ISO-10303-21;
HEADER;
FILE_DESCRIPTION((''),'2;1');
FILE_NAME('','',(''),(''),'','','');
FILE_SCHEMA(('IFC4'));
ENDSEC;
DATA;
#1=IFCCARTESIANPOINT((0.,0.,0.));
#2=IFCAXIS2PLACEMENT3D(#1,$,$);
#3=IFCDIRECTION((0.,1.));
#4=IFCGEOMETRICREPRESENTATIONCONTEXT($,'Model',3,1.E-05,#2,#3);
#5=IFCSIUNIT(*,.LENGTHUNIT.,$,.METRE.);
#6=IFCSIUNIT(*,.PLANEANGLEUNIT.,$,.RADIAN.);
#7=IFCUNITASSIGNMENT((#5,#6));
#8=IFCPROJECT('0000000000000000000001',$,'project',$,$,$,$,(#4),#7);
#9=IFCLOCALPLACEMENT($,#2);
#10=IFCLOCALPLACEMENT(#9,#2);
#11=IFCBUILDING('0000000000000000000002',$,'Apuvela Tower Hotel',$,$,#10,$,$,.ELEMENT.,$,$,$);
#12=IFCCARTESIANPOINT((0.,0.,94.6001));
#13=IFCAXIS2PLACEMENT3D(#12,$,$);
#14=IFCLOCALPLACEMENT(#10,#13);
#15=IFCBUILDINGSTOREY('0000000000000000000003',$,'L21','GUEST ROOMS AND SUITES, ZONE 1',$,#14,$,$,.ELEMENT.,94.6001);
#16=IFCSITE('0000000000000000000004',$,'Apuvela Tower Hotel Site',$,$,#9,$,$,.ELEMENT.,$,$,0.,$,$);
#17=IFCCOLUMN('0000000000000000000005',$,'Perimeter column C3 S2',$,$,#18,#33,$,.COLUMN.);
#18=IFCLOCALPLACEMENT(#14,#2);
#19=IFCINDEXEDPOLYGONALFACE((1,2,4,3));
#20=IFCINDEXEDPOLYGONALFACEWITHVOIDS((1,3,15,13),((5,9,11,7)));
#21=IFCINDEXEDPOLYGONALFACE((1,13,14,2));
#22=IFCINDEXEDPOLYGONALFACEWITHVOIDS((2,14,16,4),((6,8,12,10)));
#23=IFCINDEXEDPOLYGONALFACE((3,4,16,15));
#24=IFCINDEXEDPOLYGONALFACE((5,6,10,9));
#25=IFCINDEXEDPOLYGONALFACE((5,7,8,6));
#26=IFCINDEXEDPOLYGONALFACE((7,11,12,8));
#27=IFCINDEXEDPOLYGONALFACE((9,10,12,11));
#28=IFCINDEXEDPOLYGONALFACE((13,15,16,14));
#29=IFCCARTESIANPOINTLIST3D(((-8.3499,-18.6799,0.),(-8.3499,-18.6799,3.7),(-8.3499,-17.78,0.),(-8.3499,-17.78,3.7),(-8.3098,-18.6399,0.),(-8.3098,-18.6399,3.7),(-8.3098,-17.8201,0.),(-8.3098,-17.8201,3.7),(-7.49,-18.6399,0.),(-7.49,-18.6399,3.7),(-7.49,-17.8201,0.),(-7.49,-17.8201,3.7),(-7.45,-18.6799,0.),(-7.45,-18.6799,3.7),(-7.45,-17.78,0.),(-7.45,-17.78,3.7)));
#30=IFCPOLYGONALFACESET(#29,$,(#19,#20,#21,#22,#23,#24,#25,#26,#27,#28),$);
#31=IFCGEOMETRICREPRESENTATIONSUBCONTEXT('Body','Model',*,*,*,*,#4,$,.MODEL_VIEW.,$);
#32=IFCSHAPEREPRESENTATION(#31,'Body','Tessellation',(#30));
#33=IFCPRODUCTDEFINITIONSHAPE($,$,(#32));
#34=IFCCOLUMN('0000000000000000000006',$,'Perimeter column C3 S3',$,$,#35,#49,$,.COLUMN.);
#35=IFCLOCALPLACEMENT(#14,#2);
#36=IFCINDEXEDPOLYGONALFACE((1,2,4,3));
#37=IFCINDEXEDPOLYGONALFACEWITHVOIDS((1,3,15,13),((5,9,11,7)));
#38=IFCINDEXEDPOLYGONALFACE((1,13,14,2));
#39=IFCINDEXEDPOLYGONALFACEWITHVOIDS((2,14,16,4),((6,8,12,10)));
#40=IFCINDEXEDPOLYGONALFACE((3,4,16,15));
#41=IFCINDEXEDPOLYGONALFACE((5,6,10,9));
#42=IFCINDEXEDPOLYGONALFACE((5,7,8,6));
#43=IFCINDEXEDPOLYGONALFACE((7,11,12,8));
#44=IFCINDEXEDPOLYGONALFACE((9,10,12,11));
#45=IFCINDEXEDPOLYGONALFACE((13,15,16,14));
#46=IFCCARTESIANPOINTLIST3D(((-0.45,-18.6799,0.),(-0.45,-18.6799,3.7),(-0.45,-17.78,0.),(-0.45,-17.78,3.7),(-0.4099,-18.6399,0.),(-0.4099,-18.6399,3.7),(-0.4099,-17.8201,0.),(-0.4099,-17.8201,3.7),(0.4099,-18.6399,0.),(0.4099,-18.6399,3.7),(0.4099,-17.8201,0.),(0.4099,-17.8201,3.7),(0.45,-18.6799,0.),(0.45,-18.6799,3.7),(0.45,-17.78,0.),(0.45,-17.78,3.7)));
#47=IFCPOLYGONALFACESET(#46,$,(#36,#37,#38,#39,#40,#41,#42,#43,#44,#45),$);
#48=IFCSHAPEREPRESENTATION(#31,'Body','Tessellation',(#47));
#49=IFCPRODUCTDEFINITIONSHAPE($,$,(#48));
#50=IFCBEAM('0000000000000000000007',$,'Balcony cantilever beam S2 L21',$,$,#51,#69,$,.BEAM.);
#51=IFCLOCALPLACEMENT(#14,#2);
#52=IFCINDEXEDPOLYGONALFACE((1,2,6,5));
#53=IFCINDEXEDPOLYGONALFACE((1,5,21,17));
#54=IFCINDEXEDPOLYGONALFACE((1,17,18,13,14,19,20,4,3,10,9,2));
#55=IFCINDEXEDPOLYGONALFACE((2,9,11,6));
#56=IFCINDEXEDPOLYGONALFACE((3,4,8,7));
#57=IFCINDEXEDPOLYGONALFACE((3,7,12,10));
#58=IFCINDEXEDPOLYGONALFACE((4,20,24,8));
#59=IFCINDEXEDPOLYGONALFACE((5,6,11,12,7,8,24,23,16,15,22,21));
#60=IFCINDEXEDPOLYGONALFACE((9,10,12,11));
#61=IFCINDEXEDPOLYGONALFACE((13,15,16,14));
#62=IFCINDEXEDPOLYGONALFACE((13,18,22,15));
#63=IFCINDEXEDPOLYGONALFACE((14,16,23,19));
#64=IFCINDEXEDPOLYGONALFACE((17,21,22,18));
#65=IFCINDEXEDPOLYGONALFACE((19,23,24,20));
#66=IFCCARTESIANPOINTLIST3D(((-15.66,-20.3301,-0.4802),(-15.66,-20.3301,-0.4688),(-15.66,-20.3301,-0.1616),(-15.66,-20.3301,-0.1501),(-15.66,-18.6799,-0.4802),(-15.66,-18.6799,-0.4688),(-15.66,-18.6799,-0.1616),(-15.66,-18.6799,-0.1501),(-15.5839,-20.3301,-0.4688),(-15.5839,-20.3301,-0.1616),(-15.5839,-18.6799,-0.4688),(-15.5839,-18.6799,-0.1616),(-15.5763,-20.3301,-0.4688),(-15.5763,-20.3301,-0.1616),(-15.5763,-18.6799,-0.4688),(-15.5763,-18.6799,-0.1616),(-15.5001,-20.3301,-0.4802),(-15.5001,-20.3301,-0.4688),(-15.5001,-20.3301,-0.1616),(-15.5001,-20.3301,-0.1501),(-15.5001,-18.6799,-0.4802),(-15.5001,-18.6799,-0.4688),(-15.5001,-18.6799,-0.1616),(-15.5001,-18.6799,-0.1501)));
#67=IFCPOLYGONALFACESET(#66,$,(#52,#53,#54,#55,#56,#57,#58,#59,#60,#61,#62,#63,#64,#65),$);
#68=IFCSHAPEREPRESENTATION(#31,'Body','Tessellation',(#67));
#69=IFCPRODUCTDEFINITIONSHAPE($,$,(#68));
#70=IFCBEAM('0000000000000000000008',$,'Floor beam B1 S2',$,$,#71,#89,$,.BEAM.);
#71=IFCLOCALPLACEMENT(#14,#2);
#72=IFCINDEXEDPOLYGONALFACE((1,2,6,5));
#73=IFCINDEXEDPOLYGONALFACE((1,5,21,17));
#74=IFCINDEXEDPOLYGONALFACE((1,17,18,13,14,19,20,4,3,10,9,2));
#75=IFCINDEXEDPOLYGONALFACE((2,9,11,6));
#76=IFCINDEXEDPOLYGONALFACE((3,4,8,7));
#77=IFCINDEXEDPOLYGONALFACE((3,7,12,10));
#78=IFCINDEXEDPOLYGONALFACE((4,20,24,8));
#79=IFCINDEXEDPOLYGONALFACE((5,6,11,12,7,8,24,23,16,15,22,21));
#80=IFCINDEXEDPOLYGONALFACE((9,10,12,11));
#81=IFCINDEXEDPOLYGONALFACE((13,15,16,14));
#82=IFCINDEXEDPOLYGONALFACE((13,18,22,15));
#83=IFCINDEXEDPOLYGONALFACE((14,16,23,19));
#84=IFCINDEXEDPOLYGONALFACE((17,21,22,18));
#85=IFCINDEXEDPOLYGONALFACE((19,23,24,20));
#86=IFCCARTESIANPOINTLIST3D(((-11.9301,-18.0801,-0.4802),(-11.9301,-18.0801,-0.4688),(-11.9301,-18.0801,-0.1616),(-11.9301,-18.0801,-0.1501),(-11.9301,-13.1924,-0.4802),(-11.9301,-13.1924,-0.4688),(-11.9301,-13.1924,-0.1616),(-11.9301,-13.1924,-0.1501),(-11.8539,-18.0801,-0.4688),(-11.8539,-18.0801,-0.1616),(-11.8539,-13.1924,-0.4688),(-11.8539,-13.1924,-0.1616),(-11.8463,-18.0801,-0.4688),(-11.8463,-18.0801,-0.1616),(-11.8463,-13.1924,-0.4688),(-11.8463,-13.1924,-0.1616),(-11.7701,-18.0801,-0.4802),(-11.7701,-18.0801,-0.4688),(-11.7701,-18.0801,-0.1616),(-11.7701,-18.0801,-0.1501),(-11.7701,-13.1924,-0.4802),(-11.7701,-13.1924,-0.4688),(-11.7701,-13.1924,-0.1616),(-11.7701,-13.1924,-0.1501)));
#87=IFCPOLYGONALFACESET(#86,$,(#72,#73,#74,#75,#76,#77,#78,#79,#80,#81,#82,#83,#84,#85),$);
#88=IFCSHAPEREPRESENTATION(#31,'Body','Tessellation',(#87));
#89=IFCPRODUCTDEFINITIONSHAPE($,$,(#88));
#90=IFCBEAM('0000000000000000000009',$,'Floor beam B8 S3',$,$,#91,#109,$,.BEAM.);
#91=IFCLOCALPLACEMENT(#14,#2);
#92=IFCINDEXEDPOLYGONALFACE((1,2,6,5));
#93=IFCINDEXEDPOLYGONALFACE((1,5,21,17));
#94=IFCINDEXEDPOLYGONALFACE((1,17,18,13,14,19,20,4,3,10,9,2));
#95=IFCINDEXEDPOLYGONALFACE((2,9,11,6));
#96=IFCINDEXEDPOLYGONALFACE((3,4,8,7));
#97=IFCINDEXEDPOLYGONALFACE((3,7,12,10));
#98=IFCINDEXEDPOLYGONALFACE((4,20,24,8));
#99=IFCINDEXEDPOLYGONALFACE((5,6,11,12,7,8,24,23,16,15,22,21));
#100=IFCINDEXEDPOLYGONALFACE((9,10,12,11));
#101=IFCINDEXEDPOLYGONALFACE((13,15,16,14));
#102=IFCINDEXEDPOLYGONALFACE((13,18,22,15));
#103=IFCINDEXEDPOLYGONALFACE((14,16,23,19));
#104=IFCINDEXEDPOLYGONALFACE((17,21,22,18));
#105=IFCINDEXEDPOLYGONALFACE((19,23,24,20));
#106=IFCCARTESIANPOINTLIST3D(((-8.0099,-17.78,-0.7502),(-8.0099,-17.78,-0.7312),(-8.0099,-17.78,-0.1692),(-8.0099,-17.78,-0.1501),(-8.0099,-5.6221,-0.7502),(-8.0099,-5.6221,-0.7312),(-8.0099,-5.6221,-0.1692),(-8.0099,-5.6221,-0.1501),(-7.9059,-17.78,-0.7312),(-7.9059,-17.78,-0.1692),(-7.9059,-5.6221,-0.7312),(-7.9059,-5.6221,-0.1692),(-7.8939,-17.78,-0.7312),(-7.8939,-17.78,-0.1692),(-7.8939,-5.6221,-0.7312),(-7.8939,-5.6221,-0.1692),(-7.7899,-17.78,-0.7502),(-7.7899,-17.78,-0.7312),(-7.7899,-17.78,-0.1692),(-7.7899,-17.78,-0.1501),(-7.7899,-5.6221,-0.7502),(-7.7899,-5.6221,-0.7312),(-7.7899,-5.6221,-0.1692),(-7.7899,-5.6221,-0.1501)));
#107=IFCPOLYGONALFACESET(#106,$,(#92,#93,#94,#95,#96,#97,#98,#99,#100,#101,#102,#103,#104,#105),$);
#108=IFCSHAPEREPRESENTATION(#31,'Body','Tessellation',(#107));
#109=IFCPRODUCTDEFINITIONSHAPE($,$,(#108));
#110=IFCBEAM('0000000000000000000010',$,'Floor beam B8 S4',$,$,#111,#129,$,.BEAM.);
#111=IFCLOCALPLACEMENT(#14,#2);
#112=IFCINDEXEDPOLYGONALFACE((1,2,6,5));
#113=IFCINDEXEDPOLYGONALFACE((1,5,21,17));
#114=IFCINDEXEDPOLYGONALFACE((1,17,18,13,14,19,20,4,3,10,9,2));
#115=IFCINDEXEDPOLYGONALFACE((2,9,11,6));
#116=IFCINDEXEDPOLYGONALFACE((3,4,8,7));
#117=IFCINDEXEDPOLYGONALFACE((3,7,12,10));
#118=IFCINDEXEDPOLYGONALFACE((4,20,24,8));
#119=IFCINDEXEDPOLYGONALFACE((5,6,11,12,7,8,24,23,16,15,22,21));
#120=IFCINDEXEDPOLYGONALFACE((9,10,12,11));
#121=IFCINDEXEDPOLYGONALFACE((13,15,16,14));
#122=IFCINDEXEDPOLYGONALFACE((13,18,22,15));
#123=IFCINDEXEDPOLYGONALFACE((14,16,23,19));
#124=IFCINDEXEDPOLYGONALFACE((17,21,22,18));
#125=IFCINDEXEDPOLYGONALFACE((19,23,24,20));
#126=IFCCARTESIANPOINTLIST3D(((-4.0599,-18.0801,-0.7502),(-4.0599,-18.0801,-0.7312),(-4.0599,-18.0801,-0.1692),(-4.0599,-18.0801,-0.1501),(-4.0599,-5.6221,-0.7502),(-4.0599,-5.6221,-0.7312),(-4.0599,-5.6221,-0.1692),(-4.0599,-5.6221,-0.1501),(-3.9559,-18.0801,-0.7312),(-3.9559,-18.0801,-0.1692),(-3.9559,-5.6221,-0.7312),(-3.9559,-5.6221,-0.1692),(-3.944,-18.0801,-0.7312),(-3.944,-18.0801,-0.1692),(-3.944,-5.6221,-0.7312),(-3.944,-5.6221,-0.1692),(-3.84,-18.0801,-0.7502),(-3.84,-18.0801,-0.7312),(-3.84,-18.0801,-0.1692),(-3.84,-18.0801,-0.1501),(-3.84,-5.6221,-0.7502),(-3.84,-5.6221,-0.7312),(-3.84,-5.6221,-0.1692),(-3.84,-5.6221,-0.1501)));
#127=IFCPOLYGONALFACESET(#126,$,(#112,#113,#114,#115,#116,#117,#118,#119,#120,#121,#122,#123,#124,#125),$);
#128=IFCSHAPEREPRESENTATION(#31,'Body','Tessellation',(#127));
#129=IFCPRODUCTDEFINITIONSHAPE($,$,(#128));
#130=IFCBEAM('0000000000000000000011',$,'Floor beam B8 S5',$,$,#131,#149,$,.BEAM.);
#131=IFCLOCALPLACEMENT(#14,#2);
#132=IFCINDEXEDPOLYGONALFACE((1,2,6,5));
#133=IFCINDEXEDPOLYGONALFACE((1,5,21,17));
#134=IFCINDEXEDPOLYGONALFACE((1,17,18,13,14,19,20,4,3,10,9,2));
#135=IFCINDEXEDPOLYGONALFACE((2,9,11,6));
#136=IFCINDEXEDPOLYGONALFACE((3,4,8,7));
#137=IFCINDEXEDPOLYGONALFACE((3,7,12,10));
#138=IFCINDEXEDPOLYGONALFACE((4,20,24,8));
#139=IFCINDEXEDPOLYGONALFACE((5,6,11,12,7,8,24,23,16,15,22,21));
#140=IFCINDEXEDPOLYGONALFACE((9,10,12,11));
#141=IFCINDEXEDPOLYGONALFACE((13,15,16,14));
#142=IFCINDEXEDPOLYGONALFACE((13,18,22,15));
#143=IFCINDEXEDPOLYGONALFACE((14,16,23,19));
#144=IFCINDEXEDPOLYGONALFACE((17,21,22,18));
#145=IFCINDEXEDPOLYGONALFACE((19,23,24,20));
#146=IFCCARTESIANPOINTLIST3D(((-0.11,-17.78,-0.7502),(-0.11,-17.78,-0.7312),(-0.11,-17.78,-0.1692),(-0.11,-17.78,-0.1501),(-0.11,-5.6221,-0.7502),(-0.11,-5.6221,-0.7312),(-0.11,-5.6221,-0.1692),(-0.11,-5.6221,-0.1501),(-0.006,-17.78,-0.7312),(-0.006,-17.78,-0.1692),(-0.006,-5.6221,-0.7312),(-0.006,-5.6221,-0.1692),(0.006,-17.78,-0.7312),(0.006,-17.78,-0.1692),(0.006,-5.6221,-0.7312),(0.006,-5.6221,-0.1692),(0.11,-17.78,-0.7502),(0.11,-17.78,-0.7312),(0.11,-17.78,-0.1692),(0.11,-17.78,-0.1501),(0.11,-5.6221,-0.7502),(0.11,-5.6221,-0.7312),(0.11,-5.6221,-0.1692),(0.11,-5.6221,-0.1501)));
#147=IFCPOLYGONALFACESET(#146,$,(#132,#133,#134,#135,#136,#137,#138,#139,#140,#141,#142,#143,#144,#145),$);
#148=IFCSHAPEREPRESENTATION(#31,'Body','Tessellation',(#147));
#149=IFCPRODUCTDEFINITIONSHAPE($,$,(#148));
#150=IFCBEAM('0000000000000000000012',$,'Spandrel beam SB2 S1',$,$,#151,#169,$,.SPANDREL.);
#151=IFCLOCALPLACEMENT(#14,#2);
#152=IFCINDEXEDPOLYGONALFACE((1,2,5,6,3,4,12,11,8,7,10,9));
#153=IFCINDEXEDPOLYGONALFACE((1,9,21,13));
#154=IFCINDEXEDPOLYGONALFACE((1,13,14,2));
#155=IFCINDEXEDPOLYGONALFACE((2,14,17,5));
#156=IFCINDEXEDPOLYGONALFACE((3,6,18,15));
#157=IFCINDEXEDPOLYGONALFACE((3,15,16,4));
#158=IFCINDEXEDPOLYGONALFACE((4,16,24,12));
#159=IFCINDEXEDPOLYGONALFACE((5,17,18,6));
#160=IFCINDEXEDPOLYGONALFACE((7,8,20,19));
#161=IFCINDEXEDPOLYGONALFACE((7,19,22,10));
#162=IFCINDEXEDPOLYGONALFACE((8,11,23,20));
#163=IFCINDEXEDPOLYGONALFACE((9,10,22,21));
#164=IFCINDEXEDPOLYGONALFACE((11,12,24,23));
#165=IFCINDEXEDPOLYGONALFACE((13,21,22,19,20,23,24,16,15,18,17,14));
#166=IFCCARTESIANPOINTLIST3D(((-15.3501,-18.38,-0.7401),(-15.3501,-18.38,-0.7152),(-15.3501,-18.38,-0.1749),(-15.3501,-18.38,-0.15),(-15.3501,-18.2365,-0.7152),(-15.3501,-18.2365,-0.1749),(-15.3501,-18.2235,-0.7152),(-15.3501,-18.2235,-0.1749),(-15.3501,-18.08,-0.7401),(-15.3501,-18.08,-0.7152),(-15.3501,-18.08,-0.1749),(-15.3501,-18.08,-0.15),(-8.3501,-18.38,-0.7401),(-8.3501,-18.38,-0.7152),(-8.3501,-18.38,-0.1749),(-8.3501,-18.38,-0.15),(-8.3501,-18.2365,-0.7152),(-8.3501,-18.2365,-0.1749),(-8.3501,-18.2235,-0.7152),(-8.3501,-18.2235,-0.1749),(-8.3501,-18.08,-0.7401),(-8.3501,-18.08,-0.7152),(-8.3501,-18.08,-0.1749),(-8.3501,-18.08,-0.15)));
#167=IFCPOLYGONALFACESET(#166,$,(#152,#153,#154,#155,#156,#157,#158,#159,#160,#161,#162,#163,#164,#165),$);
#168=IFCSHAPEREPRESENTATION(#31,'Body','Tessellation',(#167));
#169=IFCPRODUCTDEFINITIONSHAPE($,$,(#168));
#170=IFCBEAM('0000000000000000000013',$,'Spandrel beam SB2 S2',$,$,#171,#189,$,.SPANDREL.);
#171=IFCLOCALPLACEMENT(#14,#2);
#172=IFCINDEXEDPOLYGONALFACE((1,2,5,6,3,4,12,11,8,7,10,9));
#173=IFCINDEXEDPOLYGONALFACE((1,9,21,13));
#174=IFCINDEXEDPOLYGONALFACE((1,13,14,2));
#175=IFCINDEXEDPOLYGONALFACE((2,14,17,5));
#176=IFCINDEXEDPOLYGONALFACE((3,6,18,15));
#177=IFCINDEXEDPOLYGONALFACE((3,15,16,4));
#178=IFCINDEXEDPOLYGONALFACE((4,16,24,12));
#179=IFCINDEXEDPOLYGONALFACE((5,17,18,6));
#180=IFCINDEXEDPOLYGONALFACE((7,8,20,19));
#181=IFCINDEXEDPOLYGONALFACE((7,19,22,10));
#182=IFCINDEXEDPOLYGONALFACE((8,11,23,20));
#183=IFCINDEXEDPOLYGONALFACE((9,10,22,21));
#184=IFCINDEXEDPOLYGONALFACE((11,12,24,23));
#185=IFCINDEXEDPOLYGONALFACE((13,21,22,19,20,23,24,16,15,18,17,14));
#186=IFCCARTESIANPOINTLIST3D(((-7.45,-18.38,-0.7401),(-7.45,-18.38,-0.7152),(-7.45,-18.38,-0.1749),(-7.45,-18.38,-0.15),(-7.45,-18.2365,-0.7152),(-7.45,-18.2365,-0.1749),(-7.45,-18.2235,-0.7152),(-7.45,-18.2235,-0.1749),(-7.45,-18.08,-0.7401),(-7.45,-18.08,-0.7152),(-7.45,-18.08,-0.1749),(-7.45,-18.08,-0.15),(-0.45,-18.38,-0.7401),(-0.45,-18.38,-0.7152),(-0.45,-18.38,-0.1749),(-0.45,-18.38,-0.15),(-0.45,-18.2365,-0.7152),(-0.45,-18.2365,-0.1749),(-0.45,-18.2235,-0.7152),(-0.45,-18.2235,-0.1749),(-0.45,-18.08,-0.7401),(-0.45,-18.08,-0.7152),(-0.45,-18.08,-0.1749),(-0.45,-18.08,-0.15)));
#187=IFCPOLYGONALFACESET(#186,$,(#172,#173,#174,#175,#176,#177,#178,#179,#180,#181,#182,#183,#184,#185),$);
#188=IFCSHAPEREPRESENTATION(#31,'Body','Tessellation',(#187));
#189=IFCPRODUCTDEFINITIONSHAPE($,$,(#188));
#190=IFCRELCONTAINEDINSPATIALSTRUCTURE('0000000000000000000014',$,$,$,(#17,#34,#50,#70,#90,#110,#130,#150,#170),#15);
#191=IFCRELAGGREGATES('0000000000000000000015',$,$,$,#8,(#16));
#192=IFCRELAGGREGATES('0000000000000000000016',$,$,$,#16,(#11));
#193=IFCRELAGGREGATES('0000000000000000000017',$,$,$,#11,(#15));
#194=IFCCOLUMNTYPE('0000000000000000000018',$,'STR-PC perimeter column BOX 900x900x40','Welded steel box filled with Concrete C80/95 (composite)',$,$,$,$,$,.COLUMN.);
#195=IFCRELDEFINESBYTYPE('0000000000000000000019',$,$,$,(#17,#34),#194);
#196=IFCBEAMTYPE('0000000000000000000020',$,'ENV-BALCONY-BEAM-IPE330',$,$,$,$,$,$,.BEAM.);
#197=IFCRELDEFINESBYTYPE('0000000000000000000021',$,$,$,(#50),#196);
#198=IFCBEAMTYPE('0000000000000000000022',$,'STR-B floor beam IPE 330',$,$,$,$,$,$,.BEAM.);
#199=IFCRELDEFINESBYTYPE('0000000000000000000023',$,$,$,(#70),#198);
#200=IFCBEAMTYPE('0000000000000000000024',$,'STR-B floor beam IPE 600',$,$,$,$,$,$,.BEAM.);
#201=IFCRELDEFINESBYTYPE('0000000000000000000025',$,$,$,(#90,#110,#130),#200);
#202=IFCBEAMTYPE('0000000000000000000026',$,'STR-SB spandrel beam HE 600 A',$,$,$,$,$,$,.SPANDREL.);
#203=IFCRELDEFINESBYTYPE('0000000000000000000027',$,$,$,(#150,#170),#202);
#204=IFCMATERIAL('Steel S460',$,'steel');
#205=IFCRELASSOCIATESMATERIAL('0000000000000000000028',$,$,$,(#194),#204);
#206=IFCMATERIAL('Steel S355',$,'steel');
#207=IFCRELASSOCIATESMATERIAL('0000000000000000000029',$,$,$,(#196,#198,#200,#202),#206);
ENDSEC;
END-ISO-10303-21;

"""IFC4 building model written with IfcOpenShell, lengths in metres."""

from ifc_helpers import new_model, si_unit, direction, frame, origin, origin_2d, place, context, subcontext, project, spatial, rectangle, hollow_rectangle, i_section, extrude, material, material_profile, profile_set, type_object, element, save


model = new_model("IFC4")

# Units and contexts
model_context = context("Model", 3, precision=1e-05, world=origin(), true_north=direction((0.0, 1.0)))
body_context = subcontext(model_context, "Body", "Model", "MODEL_VIEW")
ifc_project = project(units=[si_unit("LENGTHUNIT", "METRE"), si_unit("PLANEANGLEUNIT", "RADIAN")], contexts=[model_context])

# Site, building, storey
site_placement = place(None, origin())
site = spatial("IfcSite", under=ifc_project, at=site_placement, Name="Apuvela Tower Hotel Site", CompositionType="ELEMENT", RefElevation=0.0)
building_placement = place(site_placement, origin())
building = spatial("IfcBuilding", under=site, at=building_placement, Name="Apuvela Tower Hotel", CompositionType="ELEMENT")
storey_placement = place(building_placement, frame((0.0, 0.0, 94.6001)))
storey = spatial("IfcBuildingStorey", under=building, at=storey_placement, Name="L21", Description="GUEST ROOMS AND SUITES, ZONE 1", CompositionType="ELEMENT", Elevation=94.6001)

# Columns
ifc_material_1 = material(Name="Steel S460", Category="steel")
ifc_material_profile_1 = material_profile(ifc_material_1, hollow_rectangle(XDim=0.8999, YDim=0.8999, WallThickness=0.04, at=origin_2d()), Name="BOX 900x900x40")
ifc_material_2 = material(Name="Concrete C80/95", Category="concrete")
ifc_material_profile_2 = material_profile(ifc_material_2, rectangle(XDim=0.8201, YDim=0.8201, at=origin_2d()), Name="Concrete C80/95 infill")
ifc_profile_set_1 = profile_set([ifc_material_profile_1, ifc_material_profile_2], Name="Steel S460")
column_type = type_object("IfcColumnType", Name="STR-PC perimeter column BOX 900x900x40", Description="Welded steel box filled with Concrete C80/95 (composite)", PredefinedType="COLUMN", material=ifc_profile_set_1)
for number, where, z_axis, x_axis, name in (
    (1, (-7.8999, -18.23, 0.0), (0.0, 0.0, 1.0), (-1.0, 0.0, 0.0), "Perimeter column C3 S2"),
    (2, (0.0, -18.23, 0.0), (0.0, 0.0, 1.0), (-1.0, 0.0, 0.0), "Perimeter column C3 S3"),
):
    element("IfcColumn", number, at=place(storey_placement, frame(where, z_axis=z_axis, x_axis=x_axis)), inside=storey, type_object=column_type, Name=name, PredefinedType="COLUMN", context=body_context, shape_type="SweptSolid", body=[
        extrude(hollow_rectangle(XDim=0.8999, YDim=0.8999, WallThickness=0.04, at=origin_2d()), origin(), (0.0, 0.0, 1.0), 3.7),
    ])

# Beams
ifc_material_3 = material(Name="Steel S355", Category="steel")
ifc_material_profile_3 = material_profile(ifc_material_3, i_section(OverallWidth=0.1599, OverallDepth=0.3301, WebThickness=0.0076, FlangeThickness=0.0115, at=origin_2d()), Name="IPE 330")
ifc_profile_set_2 = profile_set([ifc_material_profile_3], Name="Steel S355")
beam_type_1 = type_object("IfcBeamType", Name="ENV-BALCONY-BEAM-IPE330", PredefinedType="BEAM", material=ifc_profile_set_2)
beam_1_placement = place(storey_placement, frame((-15.5801, -18.6799, -0.3152), z_axis=(0.0, -1.0, 0.0), x_axis=(1.0, 0.0, 0.0)))
element("IfcBeam", 3, at=beam_1_placement, inside=storey, type_object=beam_type_1, Name="Balcony cantilever beam S2 L21", PredefinedType="BEAM", context=body_context, shape_type="SweptSolid", body=[
    extrude(i_section(OverallWidth=0.1599, OverallDepth=0.3301, WebThickness=0.0076, FlangeThickness=0.0115, at=origin_2d()), origin(), (0.0, 0.0, 1.0), 1.6501),
])
ifc_material_profile_4 = material_profile(ifc_material_3, i_section(OverallWidth=0.1599, OverallDepth=0.3301, WebThickness=0.0076, FlangeThickness=0.0115, at=origin_2d()), Name="IPE 330")
ifc_profile_set_3 = profile_set([ifc_material_profile_4], Name="Steel S355")
beam_type_2 = type_object("IfcBeamType", Name="STR-B floor beam IPE 330", PredefinedType="BEAM", material=ifc_profile_set_3)
beam_2_placement = place(storey_placement, frame((-11.8501, -18.0801, -0.3152), z_axis=(0.0, 1.0, 0.0), x_axis=(-1.0, 0.0, 0.0)))
element("IfcBeam", 4, at=beam_2_placement, inside=storey, type_object=beam_type_2, Name="Floor beam B1 S2", PredefinedType="BEAM", context=body_context, shape_type="SweptSolid", body=[
    extrude(i_section(OverallWidth=0.1599, OverallDepth=0.3301, WebThickness=0.0076, FlangeThickness=0.0115, at=origin_2d()), origin(), (0.0, 0.0, 1.0), 4.8877),
])
ifc_material_profile_5 = material_profile(ifc_material_3, i_section(OverallWidth=0.22, OverallDepth=0.6001, WebThickness=0.012, FlangeThickness=0.019, at=origin_2d()), Name="IPE 600")
ifc_profile_set_4 = profile_set([ifc_material_profile_5], Name="Steel S355")
beam_type_3 = type_object("IfcBeamType", Name="STR-B floor beam IPE 600", PredefinedType="BEAM", material=ifc_profile_set_4)
beam_3_placement = place(storey_placement, frame((-7.8999, -17.78, -0.4502), z_axis=(0.0, 1.0, 0.0), x_axis=(-1.0, 0.0, 0.0)))
element("IfcBeam", 5, at=beam_3_placement, inside=storey, type_object=beam_type_3, Name="Floor beam B8 S3", PredefinedType="BEAM", context=body_context, shape_type="SweptSolid", body=[
    extrude(i_section(OverallWidth=0.22, OverallDepth=0.6001, WebThickness=0.012, FlangeThickness=0.019, at=origin_2d()), origin(), (0.0, 0.0, 1.0), 12.158),
])
beam_4_placement = place(storey_placement, frame((-3.95, -18.0801, -0.4502), z_axis=(0.0, 1.0, 0.0), x_axis=(-1.0, 0.0, 0.0)))
element("IfcBeam", 6, at=beam_4_placement, inside=storey, type_object=beam_type_3, Name="Floor beam B8 S4", PredefinedType="BEAM", context=body_context, shape_type="SweptSolid", body=[
    extrude(i_section(OverallWidth=0.22, OverallDepth=0.6001, WebThickness=0.012, FlangeThickness=0.019, at=origin_2d()), origin(), (0.0, 0.0, 1.0), 12.458),
])
beam_5_placement = place(storey_placement, frame((0.0, -17.78, -0.4502), z_axis=(0.0, 1.0, 0.0), x_axis=(-1.0, 0.0, 0.0)))
element("IfcBeam", 7, at=beam_5_placement, inside=storey, type_object=beam_type_3, Name="Floor beam B8 S5", PredefinedType="BEAM", context=body_context, shape_type="SweptSolid", body=[
    extrude(i_section(OverallWidth=0.22, OverallDepth=0.6001, WebThickness=0.012, FlangeThickness=0.019, at=origin_2d()), origin(), (0.0, 0.0, 1.0), 12.158),
])
ifc_material_profile_6 = material_profile(ifc_material_3, i_section(OverallWidth=0.3, OverallDepth=0.5901, WebThickness=0.0129, FlangeThickness=0.0249, at=origin_2d()), Name="HE 600 A")
ifc_profile_set_5 = profile_set([ifc_material_profile_6], Name="Steel S355")
beam_type_4 = type_object("IfcBeamType", Name="STR-SB spandrel beam HE 600 A", PredefinedType="SPANDREL", material=ifc_profile_set_5)
for number, where, z_axis, x_axis, name in (
    (8, (-15.3501, -18.23, -0.4451), (1.0, 0.0, 0.0), (0.0, 1.0, 0.0), "Spandrel beam SB2 S1"),
    (9, (-7.45, -18.23, -0.4451), (1.0, 0.0, 0.0), (0.0, 1.0, 0.0), "Spandrel beam SB2 S2"),
):
    element("IfcBeam", number, at=place(storey_placement, frame(where, z_axis=z_axis, x_axis=x_axis)), inside=storey, type_object=beam_type_4, Name=name, PredefinedType="SPANDREL", context=body_context, shape_type="SweptSolid", body=[
        extrude(i_section(OverallWidth=0.3, OverallDepth=0.5901, WebThickness=0.0129, FlangeThickness=0.0249, at=origin_2d()), origin(), (0.0, 0.0, 1.0), 7.0),
    ])

save(model, "model.ifc")
